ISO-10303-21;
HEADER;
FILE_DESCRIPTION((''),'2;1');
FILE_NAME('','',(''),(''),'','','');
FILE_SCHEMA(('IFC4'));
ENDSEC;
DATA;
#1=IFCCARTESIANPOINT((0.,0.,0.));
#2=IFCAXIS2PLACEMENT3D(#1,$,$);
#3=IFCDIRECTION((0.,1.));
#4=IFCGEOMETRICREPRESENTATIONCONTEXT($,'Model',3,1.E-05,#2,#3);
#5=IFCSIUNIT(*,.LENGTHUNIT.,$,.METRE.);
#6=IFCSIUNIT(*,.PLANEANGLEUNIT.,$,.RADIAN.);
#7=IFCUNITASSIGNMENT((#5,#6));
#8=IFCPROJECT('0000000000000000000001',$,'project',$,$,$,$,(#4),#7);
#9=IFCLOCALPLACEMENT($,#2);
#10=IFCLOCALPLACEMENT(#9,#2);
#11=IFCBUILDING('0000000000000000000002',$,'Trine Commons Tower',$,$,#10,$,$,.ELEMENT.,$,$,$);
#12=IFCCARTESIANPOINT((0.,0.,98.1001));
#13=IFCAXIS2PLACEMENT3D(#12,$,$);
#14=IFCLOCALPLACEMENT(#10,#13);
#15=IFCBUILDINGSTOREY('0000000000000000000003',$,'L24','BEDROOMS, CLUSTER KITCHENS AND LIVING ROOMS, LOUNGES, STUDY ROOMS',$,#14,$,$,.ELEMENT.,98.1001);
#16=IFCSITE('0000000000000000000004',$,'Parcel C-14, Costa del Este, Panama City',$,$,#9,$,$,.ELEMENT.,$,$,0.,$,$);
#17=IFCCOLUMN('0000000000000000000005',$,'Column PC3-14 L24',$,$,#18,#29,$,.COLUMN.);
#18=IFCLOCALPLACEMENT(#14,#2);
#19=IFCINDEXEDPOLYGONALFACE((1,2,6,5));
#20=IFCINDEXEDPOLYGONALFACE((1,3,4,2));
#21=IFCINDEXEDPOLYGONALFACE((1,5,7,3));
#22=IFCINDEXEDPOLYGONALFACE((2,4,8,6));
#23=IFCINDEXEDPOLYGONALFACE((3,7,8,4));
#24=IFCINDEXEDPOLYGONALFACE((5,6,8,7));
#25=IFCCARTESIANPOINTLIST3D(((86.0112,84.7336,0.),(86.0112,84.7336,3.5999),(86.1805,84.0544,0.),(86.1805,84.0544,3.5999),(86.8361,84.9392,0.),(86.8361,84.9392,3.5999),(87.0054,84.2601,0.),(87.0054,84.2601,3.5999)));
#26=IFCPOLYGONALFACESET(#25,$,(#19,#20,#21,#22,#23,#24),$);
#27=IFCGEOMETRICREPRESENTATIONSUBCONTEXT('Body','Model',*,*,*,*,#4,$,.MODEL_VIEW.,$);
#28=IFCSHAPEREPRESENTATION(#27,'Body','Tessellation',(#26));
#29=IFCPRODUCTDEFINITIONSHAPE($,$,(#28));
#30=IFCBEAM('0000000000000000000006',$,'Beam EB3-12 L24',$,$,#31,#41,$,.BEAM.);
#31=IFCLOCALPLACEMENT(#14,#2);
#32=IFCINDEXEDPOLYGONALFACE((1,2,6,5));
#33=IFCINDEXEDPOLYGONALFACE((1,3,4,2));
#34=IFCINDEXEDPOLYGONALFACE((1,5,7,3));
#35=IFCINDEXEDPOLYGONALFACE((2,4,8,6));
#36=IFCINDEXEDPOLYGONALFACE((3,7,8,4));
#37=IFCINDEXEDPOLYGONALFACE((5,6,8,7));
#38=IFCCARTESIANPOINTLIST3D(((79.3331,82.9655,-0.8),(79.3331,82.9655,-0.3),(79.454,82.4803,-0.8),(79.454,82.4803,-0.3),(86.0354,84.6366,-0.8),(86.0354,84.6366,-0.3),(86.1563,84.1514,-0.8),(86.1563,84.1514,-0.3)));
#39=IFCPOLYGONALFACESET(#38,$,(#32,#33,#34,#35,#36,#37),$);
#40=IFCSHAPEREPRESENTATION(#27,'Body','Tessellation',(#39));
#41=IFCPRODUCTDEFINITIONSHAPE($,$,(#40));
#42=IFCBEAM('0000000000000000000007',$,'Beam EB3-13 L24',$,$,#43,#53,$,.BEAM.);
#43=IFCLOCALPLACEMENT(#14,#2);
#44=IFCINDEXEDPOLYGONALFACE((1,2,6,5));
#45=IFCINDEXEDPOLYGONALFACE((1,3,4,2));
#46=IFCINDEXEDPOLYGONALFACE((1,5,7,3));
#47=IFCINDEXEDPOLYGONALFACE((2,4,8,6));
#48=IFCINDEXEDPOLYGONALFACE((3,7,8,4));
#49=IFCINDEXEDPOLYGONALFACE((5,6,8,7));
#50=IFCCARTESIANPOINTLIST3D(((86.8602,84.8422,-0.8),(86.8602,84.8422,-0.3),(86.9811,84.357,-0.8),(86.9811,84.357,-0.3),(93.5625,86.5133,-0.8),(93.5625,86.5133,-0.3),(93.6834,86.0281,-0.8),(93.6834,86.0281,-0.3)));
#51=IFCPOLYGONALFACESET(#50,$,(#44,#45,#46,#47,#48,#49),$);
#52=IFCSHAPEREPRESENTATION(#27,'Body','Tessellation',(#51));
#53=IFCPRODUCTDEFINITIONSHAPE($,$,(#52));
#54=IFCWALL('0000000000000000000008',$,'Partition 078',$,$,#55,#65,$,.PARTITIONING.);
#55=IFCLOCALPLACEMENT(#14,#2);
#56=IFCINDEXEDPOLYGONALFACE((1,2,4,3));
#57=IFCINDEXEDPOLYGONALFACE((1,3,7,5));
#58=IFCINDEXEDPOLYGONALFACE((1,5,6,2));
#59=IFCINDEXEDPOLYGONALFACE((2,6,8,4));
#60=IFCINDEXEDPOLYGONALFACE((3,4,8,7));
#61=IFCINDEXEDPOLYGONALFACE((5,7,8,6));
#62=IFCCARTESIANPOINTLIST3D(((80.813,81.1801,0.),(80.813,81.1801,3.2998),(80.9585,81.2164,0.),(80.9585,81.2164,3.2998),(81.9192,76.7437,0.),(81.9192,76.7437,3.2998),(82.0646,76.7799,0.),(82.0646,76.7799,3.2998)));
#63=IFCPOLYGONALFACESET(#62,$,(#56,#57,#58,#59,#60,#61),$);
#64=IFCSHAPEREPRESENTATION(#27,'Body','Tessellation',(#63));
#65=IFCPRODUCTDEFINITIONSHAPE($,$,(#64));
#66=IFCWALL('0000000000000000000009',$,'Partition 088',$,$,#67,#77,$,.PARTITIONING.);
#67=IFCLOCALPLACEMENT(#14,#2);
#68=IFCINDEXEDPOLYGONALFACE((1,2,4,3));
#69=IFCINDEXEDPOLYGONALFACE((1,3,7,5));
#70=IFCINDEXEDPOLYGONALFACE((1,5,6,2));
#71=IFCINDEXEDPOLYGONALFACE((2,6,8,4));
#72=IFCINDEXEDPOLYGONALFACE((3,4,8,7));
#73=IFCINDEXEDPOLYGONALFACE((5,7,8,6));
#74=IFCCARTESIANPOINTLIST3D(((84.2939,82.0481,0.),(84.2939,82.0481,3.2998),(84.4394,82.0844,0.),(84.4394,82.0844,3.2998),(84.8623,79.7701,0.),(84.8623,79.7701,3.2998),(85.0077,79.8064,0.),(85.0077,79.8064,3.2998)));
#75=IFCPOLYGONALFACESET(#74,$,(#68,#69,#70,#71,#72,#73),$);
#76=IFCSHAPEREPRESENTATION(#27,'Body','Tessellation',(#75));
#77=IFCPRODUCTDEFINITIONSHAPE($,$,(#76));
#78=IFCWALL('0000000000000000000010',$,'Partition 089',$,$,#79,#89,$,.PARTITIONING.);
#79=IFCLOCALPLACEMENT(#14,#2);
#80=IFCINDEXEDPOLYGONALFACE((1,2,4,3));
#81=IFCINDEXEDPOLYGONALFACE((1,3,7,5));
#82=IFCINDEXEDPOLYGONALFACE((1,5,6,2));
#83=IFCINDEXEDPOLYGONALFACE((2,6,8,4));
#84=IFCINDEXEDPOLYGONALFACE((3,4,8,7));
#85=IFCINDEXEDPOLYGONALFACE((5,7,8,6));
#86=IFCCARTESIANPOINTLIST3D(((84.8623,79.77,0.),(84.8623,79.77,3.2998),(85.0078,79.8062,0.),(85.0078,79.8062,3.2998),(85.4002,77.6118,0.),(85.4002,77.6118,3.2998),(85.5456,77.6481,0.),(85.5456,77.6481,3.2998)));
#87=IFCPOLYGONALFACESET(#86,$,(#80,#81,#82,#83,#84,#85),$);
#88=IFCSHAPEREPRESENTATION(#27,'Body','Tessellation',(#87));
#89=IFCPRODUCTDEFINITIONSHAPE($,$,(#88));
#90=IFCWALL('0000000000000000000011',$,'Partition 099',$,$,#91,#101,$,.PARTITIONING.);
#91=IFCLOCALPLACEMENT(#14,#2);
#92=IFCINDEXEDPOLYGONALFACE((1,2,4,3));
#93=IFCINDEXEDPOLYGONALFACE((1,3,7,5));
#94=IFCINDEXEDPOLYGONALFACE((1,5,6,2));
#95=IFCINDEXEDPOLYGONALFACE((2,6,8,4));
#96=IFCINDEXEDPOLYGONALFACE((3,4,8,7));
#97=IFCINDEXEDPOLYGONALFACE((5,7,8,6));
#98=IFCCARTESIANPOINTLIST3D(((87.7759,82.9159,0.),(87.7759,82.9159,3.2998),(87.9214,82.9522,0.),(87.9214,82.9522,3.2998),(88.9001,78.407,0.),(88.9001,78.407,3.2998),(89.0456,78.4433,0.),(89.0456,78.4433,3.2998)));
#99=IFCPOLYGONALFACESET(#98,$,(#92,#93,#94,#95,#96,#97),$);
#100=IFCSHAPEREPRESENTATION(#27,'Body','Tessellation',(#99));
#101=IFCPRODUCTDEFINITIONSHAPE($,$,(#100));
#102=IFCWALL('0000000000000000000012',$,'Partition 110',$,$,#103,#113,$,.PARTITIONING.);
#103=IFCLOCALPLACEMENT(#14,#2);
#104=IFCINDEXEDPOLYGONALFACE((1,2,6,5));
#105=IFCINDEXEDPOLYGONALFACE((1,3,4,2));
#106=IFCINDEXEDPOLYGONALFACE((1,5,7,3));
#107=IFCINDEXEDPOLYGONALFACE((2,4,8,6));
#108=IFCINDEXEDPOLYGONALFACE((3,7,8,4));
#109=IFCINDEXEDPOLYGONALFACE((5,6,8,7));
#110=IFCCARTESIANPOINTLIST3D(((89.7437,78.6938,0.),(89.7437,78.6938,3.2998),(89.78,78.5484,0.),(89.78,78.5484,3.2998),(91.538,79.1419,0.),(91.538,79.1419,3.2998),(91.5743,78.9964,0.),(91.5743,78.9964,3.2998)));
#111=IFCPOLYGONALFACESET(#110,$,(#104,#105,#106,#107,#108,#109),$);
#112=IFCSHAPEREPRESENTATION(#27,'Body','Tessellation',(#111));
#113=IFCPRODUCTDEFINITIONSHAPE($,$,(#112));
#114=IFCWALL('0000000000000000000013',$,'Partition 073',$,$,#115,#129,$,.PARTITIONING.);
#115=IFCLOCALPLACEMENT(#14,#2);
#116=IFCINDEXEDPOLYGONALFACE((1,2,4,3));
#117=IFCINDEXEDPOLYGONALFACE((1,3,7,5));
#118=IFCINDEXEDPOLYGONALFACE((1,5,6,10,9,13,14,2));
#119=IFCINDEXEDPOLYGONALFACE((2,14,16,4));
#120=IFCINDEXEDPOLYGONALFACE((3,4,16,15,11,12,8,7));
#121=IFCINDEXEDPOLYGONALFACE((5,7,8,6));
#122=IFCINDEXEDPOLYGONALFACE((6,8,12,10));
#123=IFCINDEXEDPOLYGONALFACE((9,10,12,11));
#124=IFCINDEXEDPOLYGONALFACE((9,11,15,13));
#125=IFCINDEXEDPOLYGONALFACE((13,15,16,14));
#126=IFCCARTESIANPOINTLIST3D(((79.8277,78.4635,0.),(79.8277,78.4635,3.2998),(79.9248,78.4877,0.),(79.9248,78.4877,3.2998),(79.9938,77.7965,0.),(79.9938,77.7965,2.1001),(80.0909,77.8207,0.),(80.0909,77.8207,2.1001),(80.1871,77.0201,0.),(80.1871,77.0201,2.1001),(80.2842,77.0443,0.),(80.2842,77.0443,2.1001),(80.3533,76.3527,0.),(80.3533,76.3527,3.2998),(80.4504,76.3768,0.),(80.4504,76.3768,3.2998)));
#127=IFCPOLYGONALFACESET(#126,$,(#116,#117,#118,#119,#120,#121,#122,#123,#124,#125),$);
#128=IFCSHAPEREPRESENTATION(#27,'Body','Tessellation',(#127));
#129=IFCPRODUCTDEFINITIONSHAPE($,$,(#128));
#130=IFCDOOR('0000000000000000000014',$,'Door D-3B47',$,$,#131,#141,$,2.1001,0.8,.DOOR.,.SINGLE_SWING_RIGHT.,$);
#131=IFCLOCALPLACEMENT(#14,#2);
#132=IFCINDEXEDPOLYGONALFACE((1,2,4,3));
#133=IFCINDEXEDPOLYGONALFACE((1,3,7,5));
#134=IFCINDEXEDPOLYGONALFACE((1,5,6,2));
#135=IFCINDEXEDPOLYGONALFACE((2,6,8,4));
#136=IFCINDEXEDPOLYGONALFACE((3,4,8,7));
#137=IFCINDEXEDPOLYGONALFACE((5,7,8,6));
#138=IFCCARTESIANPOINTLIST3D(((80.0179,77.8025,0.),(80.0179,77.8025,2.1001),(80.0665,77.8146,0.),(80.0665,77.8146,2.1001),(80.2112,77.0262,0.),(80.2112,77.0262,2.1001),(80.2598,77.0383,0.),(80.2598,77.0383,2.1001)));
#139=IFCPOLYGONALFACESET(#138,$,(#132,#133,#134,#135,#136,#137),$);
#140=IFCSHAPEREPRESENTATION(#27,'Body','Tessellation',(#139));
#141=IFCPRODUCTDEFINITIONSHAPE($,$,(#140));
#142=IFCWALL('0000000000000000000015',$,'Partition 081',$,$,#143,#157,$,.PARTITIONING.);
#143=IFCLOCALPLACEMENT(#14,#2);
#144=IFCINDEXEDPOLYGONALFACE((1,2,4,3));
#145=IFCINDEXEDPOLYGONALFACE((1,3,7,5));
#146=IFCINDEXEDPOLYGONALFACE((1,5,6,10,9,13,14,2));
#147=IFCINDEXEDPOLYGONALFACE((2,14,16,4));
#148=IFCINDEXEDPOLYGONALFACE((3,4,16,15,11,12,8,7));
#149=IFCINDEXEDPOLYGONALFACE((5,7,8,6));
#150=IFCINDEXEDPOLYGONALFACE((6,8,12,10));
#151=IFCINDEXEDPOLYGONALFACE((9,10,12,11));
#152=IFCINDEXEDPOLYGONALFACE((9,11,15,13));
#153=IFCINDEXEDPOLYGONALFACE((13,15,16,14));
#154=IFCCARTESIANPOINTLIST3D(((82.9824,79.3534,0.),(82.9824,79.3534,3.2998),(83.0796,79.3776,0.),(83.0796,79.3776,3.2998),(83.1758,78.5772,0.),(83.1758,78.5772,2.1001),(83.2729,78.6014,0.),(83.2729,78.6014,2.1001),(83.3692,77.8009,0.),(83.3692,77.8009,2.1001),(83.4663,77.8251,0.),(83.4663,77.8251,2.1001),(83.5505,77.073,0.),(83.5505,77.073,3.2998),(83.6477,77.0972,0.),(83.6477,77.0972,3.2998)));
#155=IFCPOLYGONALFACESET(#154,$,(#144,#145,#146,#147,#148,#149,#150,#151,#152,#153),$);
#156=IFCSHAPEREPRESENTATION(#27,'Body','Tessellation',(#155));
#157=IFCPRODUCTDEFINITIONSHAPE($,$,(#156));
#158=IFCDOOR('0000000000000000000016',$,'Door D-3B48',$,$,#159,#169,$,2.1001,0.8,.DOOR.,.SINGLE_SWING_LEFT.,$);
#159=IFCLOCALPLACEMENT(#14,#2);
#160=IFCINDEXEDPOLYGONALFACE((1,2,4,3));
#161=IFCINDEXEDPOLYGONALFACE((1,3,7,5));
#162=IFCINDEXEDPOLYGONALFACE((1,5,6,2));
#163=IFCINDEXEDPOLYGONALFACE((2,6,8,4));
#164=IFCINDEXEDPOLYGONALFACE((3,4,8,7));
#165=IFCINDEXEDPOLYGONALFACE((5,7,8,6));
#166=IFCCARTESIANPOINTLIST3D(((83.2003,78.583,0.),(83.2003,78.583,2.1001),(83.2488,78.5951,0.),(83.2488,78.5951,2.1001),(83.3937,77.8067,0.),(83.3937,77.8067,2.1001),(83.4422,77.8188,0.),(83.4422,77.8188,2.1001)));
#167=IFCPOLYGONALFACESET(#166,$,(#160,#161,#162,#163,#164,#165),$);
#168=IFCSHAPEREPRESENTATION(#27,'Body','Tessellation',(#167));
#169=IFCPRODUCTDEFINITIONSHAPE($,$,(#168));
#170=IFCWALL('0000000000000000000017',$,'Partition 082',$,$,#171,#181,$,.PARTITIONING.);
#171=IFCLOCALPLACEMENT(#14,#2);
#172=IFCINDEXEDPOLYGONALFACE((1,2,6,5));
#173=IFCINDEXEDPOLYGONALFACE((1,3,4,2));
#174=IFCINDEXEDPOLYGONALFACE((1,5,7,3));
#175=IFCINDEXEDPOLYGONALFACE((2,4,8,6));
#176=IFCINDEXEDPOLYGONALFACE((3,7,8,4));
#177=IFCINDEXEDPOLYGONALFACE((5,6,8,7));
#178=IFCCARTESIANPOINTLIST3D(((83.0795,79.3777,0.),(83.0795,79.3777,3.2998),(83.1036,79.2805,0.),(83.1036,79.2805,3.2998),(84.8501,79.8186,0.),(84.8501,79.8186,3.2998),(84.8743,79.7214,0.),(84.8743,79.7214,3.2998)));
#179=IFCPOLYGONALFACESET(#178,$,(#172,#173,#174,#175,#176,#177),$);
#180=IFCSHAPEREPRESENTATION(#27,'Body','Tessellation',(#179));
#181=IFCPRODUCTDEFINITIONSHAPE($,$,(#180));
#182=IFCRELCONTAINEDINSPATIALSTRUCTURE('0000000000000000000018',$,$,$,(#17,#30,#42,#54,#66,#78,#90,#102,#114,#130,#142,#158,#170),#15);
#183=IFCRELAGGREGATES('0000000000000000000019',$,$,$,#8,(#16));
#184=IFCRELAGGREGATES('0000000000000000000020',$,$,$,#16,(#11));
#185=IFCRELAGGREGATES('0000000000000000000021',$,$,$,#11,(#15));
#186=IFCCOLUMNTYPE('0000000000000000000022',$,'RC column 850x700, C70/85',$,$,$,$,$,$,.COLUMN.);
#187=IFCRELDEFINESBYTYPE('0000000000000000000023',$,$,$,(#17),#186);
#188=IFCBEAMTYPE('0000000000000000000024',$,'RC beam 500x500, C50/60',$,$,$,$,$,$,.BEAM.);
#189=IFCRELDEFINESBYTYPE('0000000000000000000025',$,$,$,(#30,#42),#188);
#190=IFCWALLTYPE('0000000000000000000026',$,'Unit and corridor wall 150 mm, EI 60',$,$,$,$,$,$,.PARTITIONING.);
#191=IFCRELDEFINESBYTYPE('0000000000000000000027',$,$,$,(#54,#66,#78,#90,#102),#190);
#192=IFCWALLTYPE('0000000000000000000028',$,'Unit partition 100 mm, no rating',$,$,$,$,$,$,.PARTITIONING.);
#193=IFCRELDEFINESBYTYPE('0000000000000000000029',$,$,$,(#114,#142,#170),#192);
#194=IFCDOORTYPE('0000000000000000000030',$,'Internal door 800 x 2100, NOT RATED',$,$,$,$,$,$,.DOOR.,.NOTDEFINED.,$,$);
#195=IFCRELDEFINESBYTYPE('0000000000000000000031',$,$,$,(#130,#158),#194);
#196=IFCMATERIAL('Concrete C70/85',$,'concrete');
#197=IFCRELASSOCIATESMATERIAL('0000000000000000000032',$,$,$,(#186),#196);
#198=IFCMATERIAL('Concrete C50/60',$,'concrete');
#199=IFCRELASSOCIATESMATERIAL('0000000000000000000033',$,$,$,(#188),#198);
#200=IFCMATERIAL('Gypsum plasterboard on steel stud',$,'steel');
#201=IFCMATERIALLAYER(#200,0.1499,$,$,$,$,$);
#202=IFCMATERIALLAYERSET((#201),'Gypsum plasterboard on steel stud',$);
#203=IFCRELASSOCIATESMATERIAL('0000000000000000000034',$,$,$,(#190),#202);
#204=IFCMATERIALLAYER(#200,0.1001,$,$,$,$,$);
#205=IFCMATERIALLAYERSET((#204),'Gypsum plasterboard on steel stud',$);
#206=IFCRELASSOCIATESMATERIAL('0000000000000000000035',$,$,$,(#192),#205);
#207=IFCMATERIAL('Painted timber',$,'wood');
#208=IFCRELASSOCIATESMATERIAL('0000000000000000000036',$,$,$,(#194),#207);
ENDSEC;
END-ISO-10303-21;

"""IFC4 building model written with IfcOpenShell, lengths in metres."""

from ifc_helpers import new_model, si_unit, direction, frame, frame_2d, origin, origin_2d, place, context, subcontext, project, spatial, rectangle, extrude, material, layer, layer_set, material_profile, profile_set, type_object, element, fill, save


model = new_model("IFC4")

# Units and contexts
model_context = context("Model", 3, precision=1e-05, world=origin(), true_north=direction((0.0, 1.0)))
body_context = subcontext(model_context, "Body", "Model", "MODEL_VIEW")
ifc_project = project(units=[si_unit("LENGTHUNIT", "METRE"), si_unit("PLANEANGLEUNIT", "RADIAN")], contexts=[model_context])

# Site, building, storey
site_placement = place(None, origin())
site = spatial("IfcSite", under=ifc_project, at=site_placement, Name="Parcel C-14, Costa del Este, Panama City", CompositionType="ELEMENT", RefElevation=0.0)
building_placement = place(site_placement, origin())
building = spatial("IfcBuilding", under=site, at=building_placement, Name="Trine Commons Tower", CompositionType="ELEMENT")
storey_placement = place(building_placement, frame((0.0, 0.0, 98.1001)))
storey = spatial("IfcBuildingStorey", under=building, at=storey_placement, Name="L24", Description="BEDROOMS, CLUSTER KITCHENS AND LIVING ROOMS, LOUNGES, STUDY ROOMS", CompositionType="ELEMENT", Elevation=98.1001)

# Column
ifc_material_1 = material(Name="Concrete C70/85", Category="concrete")
ifc_material_profile_1 = material_profile(ifc_material_1, rectangle(XDim=0.8501, YDim=0.7, at=origin_2d()), Name="RC 850x700")
ifc_profile_set_1 = profile_set([ifc_material_profile_1], Name="Concrete C70/85")
column_type = type_object("IfcColumnType", Name="RC column 850x700, C70/85", PredefinedType="COLUMN", material=ifc_profile_set_1)
column_placement = place(storey_placement, frame((86.5083, 84.4968, 0.0), z_axis=(0.0, 0.0, 1.0), x_axis=(0.970296, 0.241922, 0.0)))
element("IfcColumn", 1, at=column_placement, inside=storey, type_object=column_type, Name="Column PC3-14 L24", PredefinedType="COLUMN", context=body_context, shape_type="SweptSolid", body=[
    extrude(rectangle(XDim=0.8501, YDim=0.7, at=origin_2d()), origin(), (0.0, 0.0, 1.0), 3.5999),
])

# Beams
ifc_material_2 = material(Name="Concrete C50/60", Category="concrete")
ifc_material_profile_2 = material_profile(ifc_material_2, rectangle(XDim=0.5, YDim=0.5, at=origin_2d()), Name="RC 500x500")
ifc_profile_set_2 = profile_set([ifc_material_profile_2], Name="Concrete C50/60")
beam_type = type_object("IfcBeamType", Name="RC beam 500x500, C50/60", PredefinedType="BEAM", material=ifc_profile_set_2)
for number, where, z_axis, x_axis, name in (
    (2, (79.3936, 82.7229, -0.55), (0.970294, 0.241928, 0.0), (-0.241928, 0.970294, 0.0), "Beam EB3-12 L24"),
    (3, (86.9207, 84.5996, -0.55), (0.970294, 0.241928, 0.0), (-0.241928, 0.970294, 0.0), "Beam EB3-13 L24"),
):
    element("IfcBeam", number, at=place(storey_placement, frame(where, z_axis=z_axis, x_axis=x_axis)), inside=storey, type_object=beam_type, Name=name, PredefinedType="BEAM", context=body_context, shape_type="SweptSolid", body=[
        extrude(rectangle(XDim=0.5, YDim=0.5, at=origin_2d()), origin(), (0.0, 0.0, 1.0), 6.9075),
    ])

# Walls
ifc_material_3 = material(Name="Gypsum plasterboard on steel stud", Category="steel")
ifc_layer_1 = layer(ifc_material_3, 0.1499)
ifc_layer_set_1 = layer_set([ifc_layer_1], Name="Gypsum plasterboard on steel stud")
wall_type_1 = type_object("IfcWallType", Name="Unit and corridor wall 150 mm, EI 60", PredefinedType="PARTITIONING", material=ifc_layer_set_1)
wall_1_placement = place(storey_placement, frame((80.8857, 81.1982, 0.0), z_axis=(0.0, 0.0, 1.0), x_axis=(0.241933, -0.970293, 0.0)))
element("IfcWall", 4, at=wall_1_placement, inside=storey, type_object=wall_type_1, Name="Partition 078", PredefinedType="PARTITIONING", context=body_context, shape_type="SweptSolid", body=[
    extrude(rectangle(XDim=4.5723, YDim=0.1499, at=frame_2d((2.2861, 0.0))), origin(), (0.0, 0.0, 1.0), 3.2998),
])
wall_2_placement = place(storey_placement, frame((84.3667, 82.0662, 0.0), z_axis=(0.0, 0.0, 1.0), x_axis=(0.242071, -0.970259, 0.0)))
element("IfcWall", 5, at=wall_2_placement, inside=storey, type_object=wall_type_1, Name="Partition 088", PredefinedType="PARTITIONING", context=body_context, shape_type="SweptSolid", body=[
    extrude(rectangle(XDim=2.3479, YDim=0.1499, at=frame_2d((1.1738, 0.0))), origin(), (0.0, 0.0, 1.0), 3.2998),
])
wall_3_placement = place(storey_placement, frame((84.9351, 79.7881, 0.0), z_axis=(0.0, 0.0, 1.0), x_axis=(0.241812, -0.970323, 0.0)))
element("IfcWall", 6, at=wall_3_placement, inside=storey, type_object=wall_type_1, Name="Partition 089", PredefinedType="PARTITIONING", context=body_context, shape_type="SweptSolid", body=[
    extrude(rectangle(XDim=2.2241, YDim=0.1499, at=frame_2d((1.1121, 0.0))), origin(), (0.0, 0.0, 1.0), 3.2998),
])
wall_4_placement = place(storey_placement, frame((87.8486, 82.9341, 0.0), z_axis=(0.0, 0.0, 1.0), x_axis=(0.24193, -0.970294, 0.0)))
element("IfcWall", 7, at=wall_4_placement, inside=storey, type_object=wall_type_1, Name="Partition 099", PredefinedType="PARTITIONING", context=body_context, shape_type="SweptSolid", body=[
    extrude(rectangle(XDim=4.647, YDim=0.1499, at=frame_2d((2.3235, 0.0))), origin(), (0.0, 0.0, 1.0), 3.2998),
])
wall_5_placement = place(storey_placement, frame((89.7617, 78.6211, 0.0), z_axis=(0.0, 0.0, 1.0), x_axis=(0.970212, 0.242256, 0.0)))
element("IfcWall", 8, at=wall_5_placement, inside=storey, type_object=wall_type_1, Name="Partition 110", PredefinedType="PARTITIONING", context=body_context, shape_type="SweptSolid", body=[
    extrude(rectangle(XDim=1.8494, YDim=0.1499, at=frame_2d((0.9248, 0.0))), origin(), (0.0, 0.0, 1.0), 3.2998),
])

# Walls, openings, doors
ifc_layer_2 = layer(ifc_material_3, 0.1001)
ifc_layer_set_2 = layer_set([ifc_layer_2], Name="Gypsum plasterboard on steel stud")
wall_type_2 = type_object("IfcWallType", Name="Unit partition 100 mm, no rating", PredefinedType="PARTITIONING", material=ifc_layer_set_2)
wall_6_placement = place(storey_placement, frame((79.8762, 78.4756, 0.0), z_axis=(0.0, 0.0, 1.0), x_axis=(0.241638, -0.970367, 0.0)))
wall_6 = element("IfcWall", 9, at=wall_6_placement, inside=storey, type_object=wall_type_2, Name="Partition 073", PredefinedType="PARTITIONING", context=body_context, shape_type="SweptSolid", body=[
    extrude(rectangle(XDim=2.1753, YDim=0.1001, at=frame_2d((1.0876, 0.0))), origin(), (0.0, 0.0, 1.0), 3.2998),
])
opening_1_placement = place(wall_6_placement, frame((0.6875, 0.0, 0.0)))
opening_1 = element("IfcOpeningElement", 10, at=opening_1_placement, cuts=wall_6, PredefinedType="OPENING", context=body_context, shape_type="SweptSolid", body=[
    extrude(rectangle(XDim=0.8, YDim=2.1001, at=frame_2d((0.3999, 1.05))), frame((0.0, 0.0601, 0.0), z_axis=(0.0, -1.0, 0.0), x_axis=(1.0, 0.0, 0.0)), (0.0, 0.0, 1.0), 0.1201),
])
ifc_material_4 = material(Name="Painted timber", Category="wood")
door_type = type_object("IfcDoorType", Name="Internal door 800 x 2100, NOT RATED", OperationType="NOTDEFINED", PredefinedType="DOOR", material=ifc_material_4)
door_1_placement = place(opening_1_placement, origin())
door_1 = element("IfcDoor", 11, at=door_1_placement, inside=storey, type_object=door_type, Name="Door D-3B47", OperationType="SINGLE_SWING_RIGHT", OverallHeight=2.1001, OverallWidth=0.8, PredefinedType="DOOR", context=body_context, shape_type="SweptSolid", body=[
    extrude(rectangle(XDim=0.8, YDim=2.1001, at=frame_2d((0.3999, 1.05))), frame((0.0, 0.0249, 0.0), z_axis=(0.0, -1.0, 0.0), x_axis=(1.0, 0.0, 0.0)), (0.0, 0.0, 1.0), 0.05),
])
fill(opening_1, door_1)
wall_7_placement = place(storey_placement, frame((83.031, 79.3655, 0.0), z_axis=(0.0, 0.0, 1.0), x_axis=(0.241729, -0.970344, 0.0)))
wall_7 = element("IfcWall", 12, at=wall_7_placement, inside=storey, type_object=wall_type_2, Name="Partition 081", PredefinedType="PARTITIONING", context=body_context, shape_type="SweptSolid", body=[
    extrude(rectangle(XDim=2.3501, YDim=0.1001, at=frame_2d((1.175, 0.0))), origin(), (0.0, 0.0, 1.0), 3.2998),
])
opening_2_placement = place(wall_7_placement, frame((0.8, 0.0, 0.0)))
opening_2 = element("IfcOpeningElement", 13, at=opening_2_placement, cuts=wall_7, PredefinedType="OPENING", context=body_context, shape_type="SweptSolid", body=[
    extrude(rectangle(XDim=0.8, YDim=2.1001, at=frame_2d((0.3999, 1.05))), frame((0.0, 0.0601, 0.0), z_axis=(0.0, -1.0, 0.0), x_axis=(1.0, 0.0, 0.0)), (0.0, 0.0, 1.0), 0.1201),
])
door_2_placement = place(opening_2_placement, frame((0.8, 0.0, 0.0), z_axis=(0.0, 0.0, 1.0), x_axis=(-1.0, 0.0, 0.0)))
door_2 = element("IfcDoor", 14, at=door_2_placement, inside=storey, type_object=door_type, Name="Door D-3B48", OperationType="SINGLE_SWING_LEFT", OverallHeight=2.1001, OverallWidth=0.8, PredefinedType="DOOR", context=body_context, shape_type="SweptSolid", body=[
    extrude(rectangle(XDim=0.8, YDim=2.1001, at=frame_2d((0.3999, 1.05))), frame((0.0, 0.0249, 0.0), z_axis=(0.0, -1.0, 0.0), x_axis=(1.0, 0.0, 0.0)), (0.0, 0.0, 1.0), 0.05),
])
fill(opening_2, door_2)

# Wall
wall_8_placement = place(storey_placement, frame((83.0916, 79.3291, 0.0), z_axis=(0.0, 0.0, 1.0), x_axis=(0.97037, 0.241623, 0.0)))
element("IfcWall", 15, at=wall_8_placement, inside=storey, type_object=wall_type_2, Name="Partition 082", PredefinedType="PARTITIONING", context=body_context, shape_type="SweptSolid", body=[
    extrude(rectangle(XDim=1.8247, YDim=0.1001, at=frame_2d((0.9124, 0.0))), origin(), (0.0, 0.0, 1.0), 3.2998),
])

save(model, "model.ifc")
